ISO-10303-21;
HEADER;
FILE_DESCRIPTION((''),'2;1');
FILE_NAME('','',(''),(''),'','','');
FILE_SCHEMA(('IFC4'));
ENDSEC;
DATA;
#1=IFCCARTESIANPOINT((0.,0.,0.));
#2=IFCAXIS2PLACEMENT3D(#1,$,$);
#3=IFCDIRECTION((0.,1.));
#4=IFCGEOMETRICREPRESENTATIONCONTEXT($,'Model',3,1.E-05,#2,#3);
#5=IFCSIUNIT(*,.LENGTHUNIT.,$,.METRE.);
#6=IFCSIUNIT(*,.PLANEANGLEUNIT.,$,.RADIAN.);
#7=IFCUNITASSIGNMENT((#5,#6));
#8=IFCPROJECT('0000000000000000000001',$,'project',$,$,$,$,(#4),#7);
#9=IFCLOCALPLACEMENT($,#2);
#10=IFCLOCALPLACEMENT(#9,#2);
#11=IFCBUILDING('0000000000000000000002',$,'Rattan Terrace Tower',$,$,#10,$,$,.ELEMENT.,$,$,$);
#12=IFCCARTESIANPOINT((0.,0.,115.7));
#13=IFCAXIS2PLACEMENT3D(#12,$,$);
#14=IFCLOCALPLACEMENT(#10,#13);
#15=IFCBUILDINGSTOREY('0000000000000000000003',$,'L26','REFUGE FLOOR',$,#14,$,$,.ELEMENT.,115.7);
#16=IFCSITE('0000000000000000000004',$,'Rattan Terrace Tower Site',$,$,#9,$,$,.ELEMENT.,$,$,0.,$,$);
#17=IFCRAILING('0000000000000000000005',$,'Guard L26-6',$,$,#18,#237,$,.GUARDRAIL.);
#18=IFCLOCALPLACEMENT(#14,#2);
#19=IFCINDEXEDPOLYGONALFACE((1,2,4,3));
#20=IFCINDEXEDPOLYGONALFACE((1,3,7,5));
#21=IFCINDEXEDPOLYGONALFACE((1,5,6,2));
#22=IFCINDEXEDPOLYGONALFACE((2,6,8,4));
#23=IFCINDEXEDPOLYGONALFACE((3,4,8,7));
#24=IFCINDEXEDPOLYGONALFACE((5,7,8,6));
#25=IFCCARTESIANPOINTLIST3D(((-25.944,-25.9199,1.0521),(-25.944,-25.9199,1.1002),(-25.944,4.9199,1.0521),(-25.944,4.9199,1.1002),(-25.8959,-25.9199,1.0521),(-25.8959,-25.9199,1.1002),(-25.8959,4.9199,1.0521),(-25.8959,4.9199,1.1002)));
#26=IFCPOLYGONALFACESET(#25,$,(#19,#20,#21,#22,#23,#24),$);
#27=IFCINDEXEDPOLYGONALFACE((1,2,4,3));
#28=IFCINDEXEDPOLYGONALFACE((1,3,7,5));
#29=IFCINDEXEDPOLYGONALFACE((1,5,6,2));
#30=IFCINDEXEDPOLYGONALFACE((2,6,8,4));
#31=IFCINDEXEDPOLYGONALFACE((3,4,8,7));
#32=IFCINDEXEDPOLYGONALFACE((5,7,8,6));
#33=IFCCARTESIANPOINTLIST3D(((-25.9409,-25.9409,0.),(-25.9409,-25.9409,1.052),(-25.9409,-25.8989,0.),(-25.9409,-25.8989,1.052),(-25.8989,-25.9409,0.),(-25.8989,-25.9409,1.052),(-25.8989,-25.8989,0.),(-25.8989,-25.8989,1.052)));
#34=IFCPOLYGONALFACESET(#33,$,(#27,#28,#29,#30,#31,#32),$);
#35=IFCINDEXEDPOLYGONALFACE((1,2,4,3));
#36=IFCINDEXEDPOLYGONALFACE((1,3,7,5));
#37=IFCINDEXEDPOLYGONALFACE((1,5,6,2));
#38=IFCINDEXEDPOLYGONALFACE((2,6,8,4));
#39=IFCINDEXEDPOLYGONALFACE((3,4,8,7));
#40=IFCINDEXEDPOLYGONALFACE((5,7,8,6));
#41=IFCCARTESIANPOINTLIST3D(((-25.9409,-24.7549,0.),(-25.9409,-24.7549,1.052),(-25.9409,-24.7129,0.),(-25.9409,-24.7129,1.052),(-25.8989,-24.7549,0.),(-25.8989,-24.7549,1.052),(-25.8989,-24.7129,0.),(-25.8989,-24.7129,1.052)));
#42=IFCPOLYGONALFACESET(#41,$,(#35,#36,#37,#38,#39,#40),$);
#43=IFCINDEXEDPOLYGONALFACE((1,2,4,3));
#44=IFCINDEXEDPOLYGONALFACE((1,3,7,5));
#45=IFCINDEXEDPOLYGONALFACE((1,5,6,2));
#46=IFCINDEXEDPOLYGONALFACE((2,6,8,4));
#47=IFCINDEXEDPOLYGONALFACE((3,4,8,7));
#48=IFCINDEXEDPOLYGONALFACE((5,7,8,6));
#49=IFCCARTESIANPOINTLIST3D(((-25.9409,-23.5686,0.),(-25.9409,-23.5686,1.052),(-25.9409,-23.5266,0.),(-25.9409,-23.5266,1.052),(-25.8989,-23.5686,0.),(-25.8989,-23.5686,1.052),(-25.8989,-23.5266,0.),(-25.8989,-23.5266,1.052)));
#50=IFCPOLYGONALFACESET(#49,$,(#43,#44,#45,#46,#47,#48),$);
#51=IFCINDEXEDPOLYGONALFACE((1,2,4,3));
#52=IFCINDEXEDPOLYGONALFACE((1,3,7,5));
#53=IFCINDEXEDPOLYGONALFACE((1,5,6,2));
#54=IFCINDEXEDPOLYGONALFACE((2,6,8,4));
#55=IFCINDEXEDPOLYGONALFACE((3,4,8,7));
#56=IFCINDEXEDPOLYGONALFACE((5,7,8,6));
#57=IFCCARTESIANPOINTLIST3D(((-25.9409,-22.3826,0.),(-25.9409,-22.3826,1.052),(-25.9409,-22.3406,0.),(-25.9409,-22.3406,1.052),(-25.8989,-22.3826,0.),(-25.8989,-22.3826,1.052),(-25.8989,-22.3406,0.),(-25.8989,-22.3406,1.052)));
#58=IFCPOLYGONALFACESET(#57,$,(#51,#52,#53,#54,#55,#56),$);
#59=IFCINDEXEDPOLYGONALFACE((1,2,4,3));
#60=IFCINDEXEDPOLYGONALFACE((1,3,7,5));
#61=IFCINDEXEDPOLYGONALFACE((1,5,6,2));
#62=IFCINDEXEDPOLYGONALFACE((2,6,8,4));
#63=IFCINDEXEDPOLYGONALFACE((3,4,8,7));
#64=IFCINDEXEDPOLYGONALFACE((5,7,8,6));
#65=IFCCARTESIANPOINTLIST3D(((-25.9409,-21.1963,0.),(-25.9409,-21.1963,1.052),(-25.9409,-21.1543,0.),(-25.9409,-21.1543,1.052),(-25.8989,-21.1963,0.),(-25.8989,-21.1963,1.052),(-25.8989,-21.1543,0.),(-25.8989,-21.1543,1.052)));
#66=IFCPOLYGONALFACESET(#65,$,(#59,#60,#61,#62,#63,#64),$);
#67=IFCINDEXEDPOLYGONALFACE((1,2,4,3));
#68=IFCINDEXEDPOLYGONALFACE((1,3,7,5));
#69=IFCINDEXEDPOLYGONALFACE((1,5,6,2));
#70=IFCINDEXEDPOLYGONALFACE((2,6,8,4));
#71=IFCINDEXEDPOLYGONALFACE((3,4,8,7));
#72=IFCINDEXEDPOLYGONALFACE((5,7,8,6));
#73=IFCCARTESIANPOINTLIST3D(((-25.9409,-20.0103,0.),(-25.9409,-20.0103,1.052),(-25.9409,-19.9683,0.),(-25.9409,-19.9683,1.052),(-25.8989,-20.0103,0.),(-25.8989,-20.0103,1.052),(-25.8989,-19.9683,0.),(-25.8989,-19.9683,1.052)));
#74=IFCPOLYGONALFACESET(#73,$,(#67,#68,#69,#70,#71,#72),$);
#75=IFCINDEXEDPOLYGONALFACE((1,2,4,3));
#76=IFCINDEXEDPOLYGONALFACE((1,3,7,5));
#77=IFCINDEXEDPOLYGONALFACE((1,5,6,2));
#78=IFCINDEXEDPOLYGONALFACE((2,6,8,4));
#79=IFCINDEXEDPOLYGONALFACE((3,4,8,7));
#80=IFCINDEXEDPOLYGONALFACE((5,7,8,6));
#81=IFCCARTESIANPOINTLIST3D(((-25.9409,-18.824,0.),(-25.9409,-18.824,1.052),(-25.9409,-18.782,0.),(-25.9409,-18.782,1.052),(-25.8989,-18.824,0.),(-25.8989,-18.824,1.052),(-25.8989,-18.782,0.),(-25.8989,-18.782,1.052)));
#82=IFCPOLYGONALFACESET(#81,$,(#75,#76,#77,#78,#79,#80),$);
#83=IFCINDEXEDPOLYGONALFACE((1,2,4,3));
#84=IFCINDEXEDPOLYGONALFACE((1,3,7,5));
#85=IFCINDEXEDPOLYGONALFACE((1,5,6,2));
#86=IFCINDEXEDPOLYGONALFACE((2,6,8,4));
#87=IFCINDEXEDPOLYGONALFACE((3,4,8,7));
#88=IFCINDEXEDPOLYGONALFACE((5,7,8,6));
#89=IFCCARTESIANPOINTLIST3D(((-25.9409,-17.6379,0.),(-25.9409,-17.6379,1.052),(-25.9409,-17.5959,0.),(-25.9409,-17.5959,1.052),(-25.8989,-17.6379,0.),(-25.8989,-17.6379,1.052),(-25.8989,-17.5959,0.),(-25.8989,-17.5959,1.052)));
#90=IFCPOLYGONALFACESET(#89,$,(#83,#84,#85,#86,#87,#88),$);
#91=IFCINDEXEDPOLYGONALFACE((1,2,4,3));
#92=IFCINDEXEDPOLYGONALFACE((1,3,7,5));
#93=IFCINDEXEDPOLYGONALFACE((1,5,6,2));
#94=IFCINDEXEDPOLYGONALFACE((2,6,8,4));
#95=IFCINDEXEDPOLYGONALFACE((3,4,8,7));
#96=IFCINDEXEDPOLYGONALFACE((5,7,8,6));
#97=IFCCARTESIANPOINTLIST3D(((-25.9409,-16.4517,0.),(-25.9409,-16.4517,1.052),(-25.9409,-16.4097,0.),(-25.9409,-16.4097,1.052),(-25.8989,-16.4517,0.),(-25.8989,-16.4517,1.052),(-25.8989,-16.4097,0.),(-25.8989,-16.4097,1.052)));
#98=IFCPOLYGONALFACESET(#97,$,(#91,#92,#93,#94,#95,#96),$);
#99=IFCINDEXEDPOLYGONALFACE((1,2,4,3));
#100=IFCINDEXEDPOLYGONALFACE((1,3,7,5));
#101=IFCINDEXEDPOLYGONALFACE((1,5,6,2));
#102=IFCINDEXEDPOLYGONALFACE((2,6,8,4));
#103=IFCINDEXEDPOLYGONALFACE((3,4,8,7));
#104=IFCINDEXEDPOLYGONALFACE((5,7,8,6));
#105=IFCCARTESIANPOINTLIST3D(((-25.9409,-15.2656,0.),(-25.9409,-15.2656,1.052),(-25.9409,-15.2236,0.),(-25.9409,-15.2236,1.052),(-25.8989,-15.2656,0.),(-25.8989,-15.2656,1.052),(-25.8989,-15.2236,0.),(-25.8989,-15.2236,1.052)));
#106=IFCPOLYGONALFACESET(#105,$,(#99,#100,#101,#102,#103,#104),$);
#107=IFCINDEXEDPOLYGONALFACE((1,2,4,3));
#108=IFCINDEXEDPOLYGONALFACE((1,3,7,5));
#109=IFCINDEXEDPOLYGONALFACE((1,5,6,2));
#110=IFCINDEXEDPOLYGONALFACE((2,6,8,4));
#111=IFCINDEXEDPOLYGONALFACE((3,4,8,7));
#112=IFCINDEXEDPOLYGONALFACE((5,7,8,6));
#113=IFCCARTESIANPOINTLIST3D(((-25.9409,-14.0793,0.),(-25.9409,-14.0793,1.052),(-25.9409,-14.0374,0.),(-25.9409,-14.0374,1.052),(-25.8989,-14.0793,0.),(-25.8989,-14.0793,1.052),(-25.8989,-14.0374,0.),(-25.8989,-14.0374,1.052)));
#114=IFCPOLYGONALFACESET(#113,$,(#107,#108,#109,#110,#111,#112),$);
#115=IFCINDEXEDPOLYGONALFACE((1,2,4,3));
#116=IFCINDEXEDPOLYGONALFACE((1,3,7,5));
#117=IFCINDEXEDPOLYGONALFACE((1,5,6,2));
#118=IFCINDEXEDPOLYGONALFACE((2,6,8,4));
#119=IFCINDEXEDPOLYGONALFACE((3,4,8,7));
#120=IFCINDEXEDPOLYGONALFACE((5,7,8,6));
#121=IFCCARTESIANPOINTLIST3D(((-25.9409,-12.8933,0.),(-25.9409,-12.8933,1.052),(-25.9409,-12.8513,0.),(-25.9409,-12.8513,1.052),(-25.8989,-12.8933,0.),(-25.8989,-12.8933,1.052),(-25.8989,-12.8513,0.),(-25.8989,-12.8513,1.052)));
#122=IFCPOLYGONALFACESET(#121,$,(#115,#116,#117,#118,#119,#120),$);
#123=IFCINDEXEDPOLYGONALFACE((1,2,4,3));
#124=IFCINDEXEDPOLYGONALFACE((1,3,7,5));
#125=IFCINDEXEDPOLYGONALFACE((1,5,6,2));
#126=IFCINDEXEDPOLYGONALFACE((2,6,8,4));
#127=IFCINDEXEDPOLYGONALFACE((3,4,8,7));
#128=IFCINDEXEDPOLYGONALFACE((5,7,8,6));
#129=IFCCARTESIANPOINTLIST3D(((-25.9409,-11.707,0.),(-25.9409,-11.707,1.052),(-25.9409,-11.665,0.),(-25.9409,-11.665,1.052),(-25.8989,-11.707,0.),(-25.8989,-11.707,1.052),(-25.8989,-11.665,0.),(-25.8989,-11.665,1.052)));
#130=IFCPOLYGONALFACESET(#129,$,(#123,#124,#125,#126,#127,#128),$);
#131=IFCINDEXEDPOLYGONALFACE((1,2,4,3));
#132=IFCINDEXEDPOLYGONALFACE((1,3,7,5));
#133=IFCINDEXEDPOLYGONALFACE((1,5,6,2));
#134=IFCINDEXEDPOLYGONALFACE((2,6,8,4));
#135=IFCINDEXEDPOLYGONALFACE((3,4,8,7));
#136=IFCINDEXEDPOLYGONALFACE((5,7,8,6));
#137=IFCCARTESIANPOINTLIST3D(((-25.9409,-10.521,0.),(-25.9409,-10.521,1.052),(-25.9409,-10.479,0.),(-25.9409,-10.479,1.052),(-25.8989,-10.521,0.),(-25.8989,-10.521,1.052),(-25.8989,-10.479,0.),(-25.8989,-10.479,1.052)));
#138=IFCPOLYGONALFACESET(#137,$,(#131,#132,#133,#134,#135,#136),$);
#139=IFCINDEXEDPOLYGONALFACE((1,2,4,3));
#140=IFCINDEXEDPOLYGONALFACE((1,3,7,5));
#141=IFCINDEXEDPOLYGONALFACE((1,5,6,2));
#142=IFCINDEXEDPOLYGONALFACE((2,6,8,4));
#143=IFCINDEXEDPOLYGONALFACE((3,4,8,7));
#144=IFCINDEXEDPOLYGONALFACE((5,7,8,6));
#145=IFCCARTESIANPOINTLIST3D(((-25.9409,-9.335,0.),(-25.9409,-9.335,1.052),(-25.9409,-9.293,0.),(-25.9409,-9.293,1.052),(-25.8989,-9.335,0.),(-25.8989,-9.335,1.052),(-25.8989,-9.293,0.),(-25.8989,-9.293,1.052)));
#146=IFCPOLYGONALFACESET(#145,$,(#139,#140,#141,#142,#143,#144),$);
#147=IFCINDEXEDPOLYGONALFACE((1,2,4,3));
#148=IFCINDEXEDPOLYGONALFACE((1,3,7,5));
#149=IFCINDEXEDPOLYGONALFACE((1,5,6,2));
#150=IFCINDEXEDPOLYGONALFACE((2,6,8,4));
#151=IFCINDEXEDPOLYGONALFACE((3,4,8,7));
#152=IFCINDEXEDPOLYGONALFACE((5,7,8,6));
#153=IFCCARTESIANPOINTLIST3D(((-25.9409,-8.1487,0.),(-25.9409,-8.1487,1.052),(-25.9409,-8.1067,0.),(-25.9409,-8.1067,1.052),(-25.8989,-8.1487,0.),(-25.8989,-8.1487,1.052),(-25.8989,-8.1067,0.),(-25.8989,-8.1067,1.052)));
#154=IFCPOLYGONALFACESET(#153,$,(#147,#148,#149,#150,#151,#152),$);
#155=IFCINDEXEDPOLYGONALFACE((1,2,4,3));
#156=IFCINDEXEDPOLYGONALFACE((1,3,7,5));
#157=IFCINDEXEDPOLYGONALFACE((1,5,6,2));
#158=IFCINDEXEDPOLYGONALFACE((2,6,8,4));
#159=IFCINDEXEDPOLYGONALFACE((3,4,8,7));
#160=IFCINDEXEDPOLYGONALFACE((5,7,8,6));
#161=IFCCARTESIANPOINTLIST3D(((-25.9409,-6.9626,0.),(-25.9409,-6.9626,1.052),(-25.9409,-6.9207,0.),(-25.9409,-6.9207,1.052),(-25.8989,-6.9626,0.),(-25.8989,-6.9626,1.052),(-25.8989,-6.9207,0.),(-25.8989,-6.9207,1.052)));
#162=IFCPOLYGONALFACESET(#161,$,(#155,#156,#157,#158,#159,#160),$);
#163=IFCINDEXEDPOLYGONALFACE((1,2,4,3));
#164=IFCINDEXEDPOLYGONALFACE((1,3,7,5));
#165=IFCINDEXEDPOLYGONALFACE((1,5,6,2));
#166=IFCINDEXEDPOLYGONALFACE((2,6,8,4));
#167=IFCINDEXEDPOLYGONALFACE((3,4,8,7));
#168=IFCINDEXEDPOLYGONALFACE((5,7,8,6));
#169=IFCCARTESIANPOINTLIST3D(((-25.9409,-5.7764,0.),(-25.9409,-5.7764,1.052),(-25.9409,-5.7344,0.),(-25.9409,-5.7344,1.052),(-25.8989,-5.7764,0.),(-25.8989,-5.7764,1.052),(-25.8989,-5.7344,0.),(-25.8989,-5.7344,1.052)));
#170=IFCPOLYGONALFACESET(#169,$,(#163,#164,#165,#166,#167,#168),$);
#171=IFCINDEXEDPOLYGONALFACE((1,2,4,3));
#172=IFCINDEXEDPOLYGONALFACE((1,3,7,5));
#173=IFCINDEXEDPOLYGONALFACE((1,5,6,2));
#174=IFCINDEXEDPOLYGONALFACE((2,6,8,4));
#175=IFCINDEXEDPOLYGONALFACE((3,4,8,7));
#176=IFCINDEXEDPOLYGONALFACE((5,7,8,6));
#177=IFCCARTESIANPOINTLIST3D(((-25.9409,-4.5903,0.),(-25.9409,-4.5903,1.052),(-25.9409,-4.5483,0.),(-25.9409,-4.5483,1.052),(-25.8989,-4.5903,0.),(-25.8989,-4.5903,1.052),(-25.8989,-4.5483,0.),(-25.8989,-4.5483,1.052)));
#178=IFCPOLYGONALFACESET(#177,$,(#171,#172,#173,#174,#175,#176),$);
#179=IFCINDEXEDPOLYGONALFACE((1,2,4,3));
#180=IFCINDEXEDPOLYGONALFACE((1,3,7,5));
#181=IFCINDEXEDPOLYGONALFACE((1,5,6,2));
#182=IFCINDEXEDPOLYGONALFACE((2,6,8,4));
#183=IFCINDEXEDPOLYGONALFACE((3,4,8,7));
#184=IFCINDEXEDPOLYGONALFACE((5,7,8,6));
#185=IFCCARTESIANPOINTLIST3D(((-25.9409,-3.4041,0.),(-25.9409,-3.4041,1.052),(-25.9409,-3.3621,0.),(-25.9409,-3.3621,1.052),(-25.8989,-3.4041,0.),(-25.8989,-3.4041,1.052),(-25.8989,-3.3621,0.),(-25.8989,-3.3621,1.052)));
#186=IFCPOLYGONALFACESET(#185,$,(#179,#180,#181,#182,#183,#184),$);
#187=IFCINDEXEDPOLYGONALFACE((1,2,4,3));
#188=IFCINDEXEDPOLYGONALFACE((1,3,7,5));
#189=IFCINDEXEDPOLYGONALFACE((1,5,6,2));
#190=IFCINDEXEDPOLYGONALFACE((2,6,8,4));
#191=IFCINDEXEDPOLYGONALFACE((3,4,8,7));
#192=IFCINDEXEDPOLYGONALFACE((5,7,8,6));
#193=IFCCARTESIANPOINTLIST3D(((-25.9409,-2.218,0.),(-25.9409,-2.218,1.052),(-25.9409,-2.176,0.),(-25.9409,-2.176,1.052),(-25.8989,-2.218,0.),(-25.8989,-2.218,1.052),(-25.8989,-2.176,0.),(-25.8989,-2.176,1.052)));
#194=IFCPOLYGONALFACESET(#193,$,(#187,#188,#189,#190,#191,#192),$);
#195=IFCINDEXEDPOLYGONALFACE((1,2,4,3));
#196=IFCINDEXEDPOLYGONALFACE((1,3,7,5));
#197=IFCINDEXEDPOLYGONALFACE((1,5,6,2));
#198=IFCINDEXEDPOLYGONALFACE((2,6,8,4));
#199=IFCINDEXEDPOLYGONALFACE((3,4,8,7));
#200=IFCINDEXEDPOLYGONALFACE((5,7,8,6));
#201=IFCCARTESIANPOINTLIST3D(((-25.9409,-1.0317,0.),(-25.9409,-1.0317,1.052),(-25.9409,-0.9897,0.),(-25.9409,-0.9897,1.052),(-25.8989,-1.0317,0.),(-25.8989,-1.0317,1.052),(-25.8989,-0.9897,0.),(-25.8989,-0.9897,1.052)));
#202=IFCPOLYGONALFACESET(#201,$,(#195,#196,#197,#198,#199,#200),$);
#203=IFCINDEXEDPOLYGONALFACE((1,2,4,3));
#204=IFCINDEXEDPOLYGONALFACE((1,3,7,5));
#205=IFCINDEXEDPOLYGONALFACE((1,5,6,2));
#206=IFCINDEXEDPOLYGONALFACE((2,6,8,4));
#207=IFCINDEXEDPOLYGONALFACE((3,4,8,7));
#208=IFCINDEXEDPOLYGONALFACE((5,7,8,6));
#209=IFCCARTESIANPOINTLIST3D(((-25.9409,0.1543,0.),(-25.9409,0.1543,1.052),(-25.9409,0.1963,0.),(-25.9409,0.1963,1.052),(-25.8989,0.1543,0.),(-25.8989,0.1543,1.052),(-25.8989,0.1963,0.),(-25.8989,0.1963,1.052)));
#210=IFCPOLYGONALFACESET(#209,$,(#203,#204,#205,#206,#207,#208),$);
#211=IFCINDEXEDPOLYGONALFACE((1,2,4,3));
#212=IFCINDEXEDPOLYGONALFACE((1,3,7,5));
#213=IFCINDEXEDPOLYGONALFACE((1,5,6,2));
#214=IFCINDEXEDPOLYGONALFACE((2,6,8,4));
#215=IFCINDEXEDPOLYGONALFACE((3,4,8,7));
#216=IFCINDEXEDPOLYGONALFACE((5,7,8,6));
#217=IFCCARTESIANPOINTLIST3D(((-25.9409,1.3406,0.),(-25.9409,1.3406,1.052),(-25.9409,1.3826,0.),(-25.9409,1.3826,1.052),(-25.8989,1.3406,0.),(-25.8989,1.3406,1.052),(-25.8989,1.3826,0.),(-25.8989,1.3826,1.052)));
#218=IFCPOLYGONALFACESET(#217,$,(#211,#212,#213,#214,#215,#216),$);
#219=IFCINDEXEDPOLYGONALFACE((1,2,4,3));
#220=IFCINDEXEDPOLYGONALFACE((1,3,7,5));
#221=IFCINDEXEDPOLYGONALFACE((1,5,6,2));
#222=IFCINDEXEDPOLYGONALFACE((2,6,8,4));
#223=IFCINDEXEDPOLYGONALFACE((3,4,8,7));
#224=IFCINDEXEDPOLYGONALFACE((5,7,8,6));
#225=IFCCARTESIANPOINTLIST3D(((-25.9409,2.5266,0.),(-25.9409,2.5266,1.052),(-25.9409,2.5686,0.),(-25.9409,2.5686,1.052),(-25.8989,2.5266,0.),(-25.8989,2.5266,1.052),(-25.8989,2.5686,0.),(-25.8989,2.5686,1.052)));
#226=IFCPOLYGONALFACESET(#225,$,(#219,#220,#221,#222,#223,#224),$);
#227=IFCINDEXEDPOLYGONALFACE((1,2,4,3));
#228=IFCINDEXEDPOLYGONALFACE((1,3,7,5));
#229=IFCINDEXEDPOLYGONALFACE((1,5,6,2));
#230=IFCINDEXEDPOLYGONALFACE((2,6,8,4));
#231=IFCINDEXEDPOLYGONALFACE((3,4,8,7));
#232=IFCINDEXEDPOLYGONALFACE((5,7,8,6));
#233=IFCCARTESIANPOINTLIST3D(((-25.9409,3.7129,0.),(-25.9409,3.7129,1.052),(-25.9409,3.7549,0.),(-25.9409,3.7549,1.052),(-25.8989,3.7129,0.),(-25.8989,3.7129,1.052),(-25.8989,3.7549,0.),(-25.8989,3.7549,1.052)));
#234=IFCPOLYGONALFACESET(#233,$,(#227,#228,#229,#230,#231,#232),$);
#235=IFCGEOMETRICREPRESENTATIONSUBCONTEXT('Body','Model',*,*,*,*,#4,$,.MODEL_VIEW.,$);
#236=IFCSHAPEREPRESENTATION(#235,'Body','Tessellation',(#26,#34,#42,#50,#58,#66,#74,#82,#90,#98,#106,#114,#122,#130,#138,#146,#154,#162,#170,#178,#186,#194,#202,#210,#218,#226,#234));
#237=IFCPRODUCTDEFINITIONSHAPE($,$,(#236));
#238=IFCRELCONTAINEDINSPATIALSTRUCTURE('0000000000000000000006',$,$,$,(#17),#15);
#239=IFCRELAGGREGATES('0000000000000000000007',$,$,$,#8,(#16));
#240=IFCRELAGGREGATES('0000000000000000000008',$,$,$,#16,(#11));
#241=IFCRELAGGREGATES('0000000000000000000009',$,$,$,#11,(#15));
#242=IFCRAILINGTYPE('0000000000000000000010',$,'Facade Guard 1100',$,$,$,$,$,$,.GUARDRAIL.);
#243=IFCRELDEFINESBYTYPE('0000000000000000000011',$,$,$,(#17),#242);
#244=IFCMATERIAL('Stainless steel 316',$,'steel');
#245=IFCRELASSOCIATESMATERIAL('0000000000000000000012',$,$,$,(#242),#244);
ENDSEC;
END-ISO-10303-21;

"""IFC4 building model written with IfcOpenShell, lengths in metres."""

from ifc_helpers import new_model, si_unit, direction, frame, origin, origin_2d, place, context, subcontext, project, spatial, rectangle, extrude, material, type_object, element, save


model = new_model("IFC4")

# Units and contexts
model_context = context("Model", 3, precision=1e-05, world=origin(), true_north=direction((0.0, 1.0)))
body_context = subcontext(model_context, "Body", "Model", "MODEL_VIEW")
ifc_project = project(units=[si_unit("LENGTHUNIT", "METRE"), si_unit("PLANEANGLEUNIT", "RADIAN")], contexts=[model_context])

# Site, building, storey
site_placement = place(None, origin())
site = spatial("IfcSite", under=ifc_project, at=site_placement, Name="Rattan Terrace Tower Site", CompositionType="ELEMENT", RefElevation=0.0)
building_placement = place(site_placement, origin())
building = spatial("IfcBuilding", under=site, at=building_placement, Name="Rattan Terrace Tower", CompositionType="ELEMENT")
storey_placement = place(building_placement, frame((0.0, 0.0, 115.7)))
storey = spatial("IfcBuildingStorey", under=building, at=storey_placement, Name="L26", Description="REFUGE FLOOR", CompositionType="ELEMENT", Elevation=115.7)

# Railing
ifc_material_1 = material(Name="Stainless steel 316", Category="steel")
railing_type = type_object("IfcRailingType", Name="Facade Guard 1100", PredefinedType="GUARDRAIL", material=ifc_material_1)
railing_1_placement = place(storey_placement, frame((-25.9199, -25.9199, 0.0)))
element("IfcRailing", 1, at=railing_1_placement, inside=storey, type_object=railing_type, Name="Guard L26-6", PredefinedType="GUARDRAIL", context=body_context, shape_type="SweptSolid", body=[
    extrude(rectangle(XDim=0.0481, YDim=0.0481, at=origin_2d()), frame((0.0, 0.0, 1.0762), z_axis=(0.0, 1.0, 0.0), x_axis=(-1.0, 0.0, 0.0)), (0.0, 0.0, 1.0), 30.8398),
    extrude(rectangle(XDim=0.042, YDim=0.042, at=origin_2d()), origin(), (0.0, 0.0, 1.0), 1.052),
    extrude(rectangle(XDim=0.042, YDim=0.042, at=origin_2d()), frame((0.0, 1.186, 0.0)), (0.0, 0.0, 1.0), 1.052),
    extrude(rectangle(XDim=0.042, YDim=0.042, at=origin_2d()), frame((0.0, 2.3723, 0.0)), (0.0, 0.0, 1.0), 1.052),
    extrude(rectangle(XDim=0.042, YDim=0.042, at=origin_2d()), frame((0.0, 3.5583, 0.0)), (0.0, 0.0, 1.0), 1.052),
    extrude(rectangle(XDim=0.042, YDim=0.042, at=origin_2d()), frame((0.0, 4.7446, 0.0)), (0.0, 0.0, 1.0), 1.052),
    extrude(rectangle(XDim=0.042, YDim=0.042, at=origin_2d()), frame((0.0, 5.9307, 0.0)), (0.0, 0.0, 1.0), 1.052),
    extrude(rectangle(XDim=0.042, YDim=0.042, at=origin_2d()), frame((0.0, 7.1169, 0.0)), (0.0, 0.0, 1.0), 1.052),
    extrude(rectangle(XDim=0.042, YDim=0.042, at=origin_2d()), frame((0.0, 8.303, 0.0)), (0.0, 0.0, 1.0), 1.052),
    extrude(rectangle(XDim=0.042, YDim=0.042, at=origin_2d()), frame((0.0, 9.4893, 0.0)), (0.0, 0.0, 1.0), 1.052),
    extrude(rectangle(XDim=0.042, YDim=0.042, at=origin_2d()), frame((0.0, 10.6753, 0.0)), (0.0, 0.0, 1.0), 1.052),
    extrude(rectangle(XDim=0.042, YDim=0.042, at=origin_2d()), frame((0.0, 11.8616, 0.0)), (0.0, 0.0, 1.0), 1.052),
    extrude(rectangle(XDim=0.042, YDim=0.042, at=origin_2d()), frame((0.0, 13.0476, 0.0)), (0.0, 0.0, 1.0), 1.052),
    extrude(rectangle(XDim=0.042, YDim=0.042, at=origin_2d()), frame((0.0, 14.2339, 0.0)), (0.0, 0.0, 1.0), 1.052),
    extrude(rectangle(XDim=0.042, YDim=0.042, at=origin_2d()), frame((0.0, 15.4199, 0.0)), (0.0, 0.0, 1.0), 1.052),
    extrude(rectangle(XDim=0.042, YDim=0.042, at=origin_2d()), frame((0.0, 16.606, 0.0)), (0.0, 0.0, 1.0), 1.052),
    extrude(rectangle(XDim=0.042, YDim=0.042, at=origin_2d()), frame((0.0, 17.7922, 0.0)), (0.0, 0.0, 1.0), 1.052),
    extrude(rectangle(XDim=0.042, YDim=0.042, at=origin_2d()), frame((0.0, 18.9783, 0.0)), (0.0, 0.0, 1.0), 1.052),
    extrude(rectangle(XDim=0.042, YDim=0.042, at=origin_2d()), frame((0.0, 20.1646, 0.0)), (0.0, 0.0, 1.0), 1.052),
    extrude(rectangle(XDim=0.042, YDim=0.042, at=origin_2d()), frame((0.0, 21.3506, 0.0)), (0.0, 0.0, 1.0), 1.052),
    extrude(rectangle(XDim=0.042, YDim=0.042, at=origin_2d()), frame((0.0, 22.5369, 0.0)), (0.0, 0.0, 1.0), 1.052),
    extrude(rectangle(XDim=0.042, YDim=0.042, at=origin_2d()), frame((0.0, 23.7229, 0.0)), (0.0, 0.0, 1.0), 1.052),
    extrude(rectangle(XDim=0.042, YDim=0.042, at=origin_2d()), frame((0.0, 24.9092, 0.0)), (0.0, 0.0, 1.0), 1.052),
    extrude(rectangle(XDim=0.042, YDim=0.042, at=origin_2d()), frame((0.0, 26.0952, 0.0)), (0.0, 0.0, 1.0), 1.052),
    extrude(rectangle(XDim=0.042, YDim=0.042, at=origin_2d()), frame((0.0, 27.2815, 0.0)), (0.0, 0.0, 1.0), 1.052),
    extrude(rectangle(XDim=0.042, YDim=0.042, at=origin_2d()), frame((0.0, 28.4675, 0.0)), (0.0, 0.0, 1.0), 1.052),
    extrude(rectangle(XDim=0.042, YDim=0.042, at=origin_2d()), frame((0.0, 29.6538, 0.0)), (0.0, 0.0, 1.0), 1.052),
])

save(model, "model.ifc")
